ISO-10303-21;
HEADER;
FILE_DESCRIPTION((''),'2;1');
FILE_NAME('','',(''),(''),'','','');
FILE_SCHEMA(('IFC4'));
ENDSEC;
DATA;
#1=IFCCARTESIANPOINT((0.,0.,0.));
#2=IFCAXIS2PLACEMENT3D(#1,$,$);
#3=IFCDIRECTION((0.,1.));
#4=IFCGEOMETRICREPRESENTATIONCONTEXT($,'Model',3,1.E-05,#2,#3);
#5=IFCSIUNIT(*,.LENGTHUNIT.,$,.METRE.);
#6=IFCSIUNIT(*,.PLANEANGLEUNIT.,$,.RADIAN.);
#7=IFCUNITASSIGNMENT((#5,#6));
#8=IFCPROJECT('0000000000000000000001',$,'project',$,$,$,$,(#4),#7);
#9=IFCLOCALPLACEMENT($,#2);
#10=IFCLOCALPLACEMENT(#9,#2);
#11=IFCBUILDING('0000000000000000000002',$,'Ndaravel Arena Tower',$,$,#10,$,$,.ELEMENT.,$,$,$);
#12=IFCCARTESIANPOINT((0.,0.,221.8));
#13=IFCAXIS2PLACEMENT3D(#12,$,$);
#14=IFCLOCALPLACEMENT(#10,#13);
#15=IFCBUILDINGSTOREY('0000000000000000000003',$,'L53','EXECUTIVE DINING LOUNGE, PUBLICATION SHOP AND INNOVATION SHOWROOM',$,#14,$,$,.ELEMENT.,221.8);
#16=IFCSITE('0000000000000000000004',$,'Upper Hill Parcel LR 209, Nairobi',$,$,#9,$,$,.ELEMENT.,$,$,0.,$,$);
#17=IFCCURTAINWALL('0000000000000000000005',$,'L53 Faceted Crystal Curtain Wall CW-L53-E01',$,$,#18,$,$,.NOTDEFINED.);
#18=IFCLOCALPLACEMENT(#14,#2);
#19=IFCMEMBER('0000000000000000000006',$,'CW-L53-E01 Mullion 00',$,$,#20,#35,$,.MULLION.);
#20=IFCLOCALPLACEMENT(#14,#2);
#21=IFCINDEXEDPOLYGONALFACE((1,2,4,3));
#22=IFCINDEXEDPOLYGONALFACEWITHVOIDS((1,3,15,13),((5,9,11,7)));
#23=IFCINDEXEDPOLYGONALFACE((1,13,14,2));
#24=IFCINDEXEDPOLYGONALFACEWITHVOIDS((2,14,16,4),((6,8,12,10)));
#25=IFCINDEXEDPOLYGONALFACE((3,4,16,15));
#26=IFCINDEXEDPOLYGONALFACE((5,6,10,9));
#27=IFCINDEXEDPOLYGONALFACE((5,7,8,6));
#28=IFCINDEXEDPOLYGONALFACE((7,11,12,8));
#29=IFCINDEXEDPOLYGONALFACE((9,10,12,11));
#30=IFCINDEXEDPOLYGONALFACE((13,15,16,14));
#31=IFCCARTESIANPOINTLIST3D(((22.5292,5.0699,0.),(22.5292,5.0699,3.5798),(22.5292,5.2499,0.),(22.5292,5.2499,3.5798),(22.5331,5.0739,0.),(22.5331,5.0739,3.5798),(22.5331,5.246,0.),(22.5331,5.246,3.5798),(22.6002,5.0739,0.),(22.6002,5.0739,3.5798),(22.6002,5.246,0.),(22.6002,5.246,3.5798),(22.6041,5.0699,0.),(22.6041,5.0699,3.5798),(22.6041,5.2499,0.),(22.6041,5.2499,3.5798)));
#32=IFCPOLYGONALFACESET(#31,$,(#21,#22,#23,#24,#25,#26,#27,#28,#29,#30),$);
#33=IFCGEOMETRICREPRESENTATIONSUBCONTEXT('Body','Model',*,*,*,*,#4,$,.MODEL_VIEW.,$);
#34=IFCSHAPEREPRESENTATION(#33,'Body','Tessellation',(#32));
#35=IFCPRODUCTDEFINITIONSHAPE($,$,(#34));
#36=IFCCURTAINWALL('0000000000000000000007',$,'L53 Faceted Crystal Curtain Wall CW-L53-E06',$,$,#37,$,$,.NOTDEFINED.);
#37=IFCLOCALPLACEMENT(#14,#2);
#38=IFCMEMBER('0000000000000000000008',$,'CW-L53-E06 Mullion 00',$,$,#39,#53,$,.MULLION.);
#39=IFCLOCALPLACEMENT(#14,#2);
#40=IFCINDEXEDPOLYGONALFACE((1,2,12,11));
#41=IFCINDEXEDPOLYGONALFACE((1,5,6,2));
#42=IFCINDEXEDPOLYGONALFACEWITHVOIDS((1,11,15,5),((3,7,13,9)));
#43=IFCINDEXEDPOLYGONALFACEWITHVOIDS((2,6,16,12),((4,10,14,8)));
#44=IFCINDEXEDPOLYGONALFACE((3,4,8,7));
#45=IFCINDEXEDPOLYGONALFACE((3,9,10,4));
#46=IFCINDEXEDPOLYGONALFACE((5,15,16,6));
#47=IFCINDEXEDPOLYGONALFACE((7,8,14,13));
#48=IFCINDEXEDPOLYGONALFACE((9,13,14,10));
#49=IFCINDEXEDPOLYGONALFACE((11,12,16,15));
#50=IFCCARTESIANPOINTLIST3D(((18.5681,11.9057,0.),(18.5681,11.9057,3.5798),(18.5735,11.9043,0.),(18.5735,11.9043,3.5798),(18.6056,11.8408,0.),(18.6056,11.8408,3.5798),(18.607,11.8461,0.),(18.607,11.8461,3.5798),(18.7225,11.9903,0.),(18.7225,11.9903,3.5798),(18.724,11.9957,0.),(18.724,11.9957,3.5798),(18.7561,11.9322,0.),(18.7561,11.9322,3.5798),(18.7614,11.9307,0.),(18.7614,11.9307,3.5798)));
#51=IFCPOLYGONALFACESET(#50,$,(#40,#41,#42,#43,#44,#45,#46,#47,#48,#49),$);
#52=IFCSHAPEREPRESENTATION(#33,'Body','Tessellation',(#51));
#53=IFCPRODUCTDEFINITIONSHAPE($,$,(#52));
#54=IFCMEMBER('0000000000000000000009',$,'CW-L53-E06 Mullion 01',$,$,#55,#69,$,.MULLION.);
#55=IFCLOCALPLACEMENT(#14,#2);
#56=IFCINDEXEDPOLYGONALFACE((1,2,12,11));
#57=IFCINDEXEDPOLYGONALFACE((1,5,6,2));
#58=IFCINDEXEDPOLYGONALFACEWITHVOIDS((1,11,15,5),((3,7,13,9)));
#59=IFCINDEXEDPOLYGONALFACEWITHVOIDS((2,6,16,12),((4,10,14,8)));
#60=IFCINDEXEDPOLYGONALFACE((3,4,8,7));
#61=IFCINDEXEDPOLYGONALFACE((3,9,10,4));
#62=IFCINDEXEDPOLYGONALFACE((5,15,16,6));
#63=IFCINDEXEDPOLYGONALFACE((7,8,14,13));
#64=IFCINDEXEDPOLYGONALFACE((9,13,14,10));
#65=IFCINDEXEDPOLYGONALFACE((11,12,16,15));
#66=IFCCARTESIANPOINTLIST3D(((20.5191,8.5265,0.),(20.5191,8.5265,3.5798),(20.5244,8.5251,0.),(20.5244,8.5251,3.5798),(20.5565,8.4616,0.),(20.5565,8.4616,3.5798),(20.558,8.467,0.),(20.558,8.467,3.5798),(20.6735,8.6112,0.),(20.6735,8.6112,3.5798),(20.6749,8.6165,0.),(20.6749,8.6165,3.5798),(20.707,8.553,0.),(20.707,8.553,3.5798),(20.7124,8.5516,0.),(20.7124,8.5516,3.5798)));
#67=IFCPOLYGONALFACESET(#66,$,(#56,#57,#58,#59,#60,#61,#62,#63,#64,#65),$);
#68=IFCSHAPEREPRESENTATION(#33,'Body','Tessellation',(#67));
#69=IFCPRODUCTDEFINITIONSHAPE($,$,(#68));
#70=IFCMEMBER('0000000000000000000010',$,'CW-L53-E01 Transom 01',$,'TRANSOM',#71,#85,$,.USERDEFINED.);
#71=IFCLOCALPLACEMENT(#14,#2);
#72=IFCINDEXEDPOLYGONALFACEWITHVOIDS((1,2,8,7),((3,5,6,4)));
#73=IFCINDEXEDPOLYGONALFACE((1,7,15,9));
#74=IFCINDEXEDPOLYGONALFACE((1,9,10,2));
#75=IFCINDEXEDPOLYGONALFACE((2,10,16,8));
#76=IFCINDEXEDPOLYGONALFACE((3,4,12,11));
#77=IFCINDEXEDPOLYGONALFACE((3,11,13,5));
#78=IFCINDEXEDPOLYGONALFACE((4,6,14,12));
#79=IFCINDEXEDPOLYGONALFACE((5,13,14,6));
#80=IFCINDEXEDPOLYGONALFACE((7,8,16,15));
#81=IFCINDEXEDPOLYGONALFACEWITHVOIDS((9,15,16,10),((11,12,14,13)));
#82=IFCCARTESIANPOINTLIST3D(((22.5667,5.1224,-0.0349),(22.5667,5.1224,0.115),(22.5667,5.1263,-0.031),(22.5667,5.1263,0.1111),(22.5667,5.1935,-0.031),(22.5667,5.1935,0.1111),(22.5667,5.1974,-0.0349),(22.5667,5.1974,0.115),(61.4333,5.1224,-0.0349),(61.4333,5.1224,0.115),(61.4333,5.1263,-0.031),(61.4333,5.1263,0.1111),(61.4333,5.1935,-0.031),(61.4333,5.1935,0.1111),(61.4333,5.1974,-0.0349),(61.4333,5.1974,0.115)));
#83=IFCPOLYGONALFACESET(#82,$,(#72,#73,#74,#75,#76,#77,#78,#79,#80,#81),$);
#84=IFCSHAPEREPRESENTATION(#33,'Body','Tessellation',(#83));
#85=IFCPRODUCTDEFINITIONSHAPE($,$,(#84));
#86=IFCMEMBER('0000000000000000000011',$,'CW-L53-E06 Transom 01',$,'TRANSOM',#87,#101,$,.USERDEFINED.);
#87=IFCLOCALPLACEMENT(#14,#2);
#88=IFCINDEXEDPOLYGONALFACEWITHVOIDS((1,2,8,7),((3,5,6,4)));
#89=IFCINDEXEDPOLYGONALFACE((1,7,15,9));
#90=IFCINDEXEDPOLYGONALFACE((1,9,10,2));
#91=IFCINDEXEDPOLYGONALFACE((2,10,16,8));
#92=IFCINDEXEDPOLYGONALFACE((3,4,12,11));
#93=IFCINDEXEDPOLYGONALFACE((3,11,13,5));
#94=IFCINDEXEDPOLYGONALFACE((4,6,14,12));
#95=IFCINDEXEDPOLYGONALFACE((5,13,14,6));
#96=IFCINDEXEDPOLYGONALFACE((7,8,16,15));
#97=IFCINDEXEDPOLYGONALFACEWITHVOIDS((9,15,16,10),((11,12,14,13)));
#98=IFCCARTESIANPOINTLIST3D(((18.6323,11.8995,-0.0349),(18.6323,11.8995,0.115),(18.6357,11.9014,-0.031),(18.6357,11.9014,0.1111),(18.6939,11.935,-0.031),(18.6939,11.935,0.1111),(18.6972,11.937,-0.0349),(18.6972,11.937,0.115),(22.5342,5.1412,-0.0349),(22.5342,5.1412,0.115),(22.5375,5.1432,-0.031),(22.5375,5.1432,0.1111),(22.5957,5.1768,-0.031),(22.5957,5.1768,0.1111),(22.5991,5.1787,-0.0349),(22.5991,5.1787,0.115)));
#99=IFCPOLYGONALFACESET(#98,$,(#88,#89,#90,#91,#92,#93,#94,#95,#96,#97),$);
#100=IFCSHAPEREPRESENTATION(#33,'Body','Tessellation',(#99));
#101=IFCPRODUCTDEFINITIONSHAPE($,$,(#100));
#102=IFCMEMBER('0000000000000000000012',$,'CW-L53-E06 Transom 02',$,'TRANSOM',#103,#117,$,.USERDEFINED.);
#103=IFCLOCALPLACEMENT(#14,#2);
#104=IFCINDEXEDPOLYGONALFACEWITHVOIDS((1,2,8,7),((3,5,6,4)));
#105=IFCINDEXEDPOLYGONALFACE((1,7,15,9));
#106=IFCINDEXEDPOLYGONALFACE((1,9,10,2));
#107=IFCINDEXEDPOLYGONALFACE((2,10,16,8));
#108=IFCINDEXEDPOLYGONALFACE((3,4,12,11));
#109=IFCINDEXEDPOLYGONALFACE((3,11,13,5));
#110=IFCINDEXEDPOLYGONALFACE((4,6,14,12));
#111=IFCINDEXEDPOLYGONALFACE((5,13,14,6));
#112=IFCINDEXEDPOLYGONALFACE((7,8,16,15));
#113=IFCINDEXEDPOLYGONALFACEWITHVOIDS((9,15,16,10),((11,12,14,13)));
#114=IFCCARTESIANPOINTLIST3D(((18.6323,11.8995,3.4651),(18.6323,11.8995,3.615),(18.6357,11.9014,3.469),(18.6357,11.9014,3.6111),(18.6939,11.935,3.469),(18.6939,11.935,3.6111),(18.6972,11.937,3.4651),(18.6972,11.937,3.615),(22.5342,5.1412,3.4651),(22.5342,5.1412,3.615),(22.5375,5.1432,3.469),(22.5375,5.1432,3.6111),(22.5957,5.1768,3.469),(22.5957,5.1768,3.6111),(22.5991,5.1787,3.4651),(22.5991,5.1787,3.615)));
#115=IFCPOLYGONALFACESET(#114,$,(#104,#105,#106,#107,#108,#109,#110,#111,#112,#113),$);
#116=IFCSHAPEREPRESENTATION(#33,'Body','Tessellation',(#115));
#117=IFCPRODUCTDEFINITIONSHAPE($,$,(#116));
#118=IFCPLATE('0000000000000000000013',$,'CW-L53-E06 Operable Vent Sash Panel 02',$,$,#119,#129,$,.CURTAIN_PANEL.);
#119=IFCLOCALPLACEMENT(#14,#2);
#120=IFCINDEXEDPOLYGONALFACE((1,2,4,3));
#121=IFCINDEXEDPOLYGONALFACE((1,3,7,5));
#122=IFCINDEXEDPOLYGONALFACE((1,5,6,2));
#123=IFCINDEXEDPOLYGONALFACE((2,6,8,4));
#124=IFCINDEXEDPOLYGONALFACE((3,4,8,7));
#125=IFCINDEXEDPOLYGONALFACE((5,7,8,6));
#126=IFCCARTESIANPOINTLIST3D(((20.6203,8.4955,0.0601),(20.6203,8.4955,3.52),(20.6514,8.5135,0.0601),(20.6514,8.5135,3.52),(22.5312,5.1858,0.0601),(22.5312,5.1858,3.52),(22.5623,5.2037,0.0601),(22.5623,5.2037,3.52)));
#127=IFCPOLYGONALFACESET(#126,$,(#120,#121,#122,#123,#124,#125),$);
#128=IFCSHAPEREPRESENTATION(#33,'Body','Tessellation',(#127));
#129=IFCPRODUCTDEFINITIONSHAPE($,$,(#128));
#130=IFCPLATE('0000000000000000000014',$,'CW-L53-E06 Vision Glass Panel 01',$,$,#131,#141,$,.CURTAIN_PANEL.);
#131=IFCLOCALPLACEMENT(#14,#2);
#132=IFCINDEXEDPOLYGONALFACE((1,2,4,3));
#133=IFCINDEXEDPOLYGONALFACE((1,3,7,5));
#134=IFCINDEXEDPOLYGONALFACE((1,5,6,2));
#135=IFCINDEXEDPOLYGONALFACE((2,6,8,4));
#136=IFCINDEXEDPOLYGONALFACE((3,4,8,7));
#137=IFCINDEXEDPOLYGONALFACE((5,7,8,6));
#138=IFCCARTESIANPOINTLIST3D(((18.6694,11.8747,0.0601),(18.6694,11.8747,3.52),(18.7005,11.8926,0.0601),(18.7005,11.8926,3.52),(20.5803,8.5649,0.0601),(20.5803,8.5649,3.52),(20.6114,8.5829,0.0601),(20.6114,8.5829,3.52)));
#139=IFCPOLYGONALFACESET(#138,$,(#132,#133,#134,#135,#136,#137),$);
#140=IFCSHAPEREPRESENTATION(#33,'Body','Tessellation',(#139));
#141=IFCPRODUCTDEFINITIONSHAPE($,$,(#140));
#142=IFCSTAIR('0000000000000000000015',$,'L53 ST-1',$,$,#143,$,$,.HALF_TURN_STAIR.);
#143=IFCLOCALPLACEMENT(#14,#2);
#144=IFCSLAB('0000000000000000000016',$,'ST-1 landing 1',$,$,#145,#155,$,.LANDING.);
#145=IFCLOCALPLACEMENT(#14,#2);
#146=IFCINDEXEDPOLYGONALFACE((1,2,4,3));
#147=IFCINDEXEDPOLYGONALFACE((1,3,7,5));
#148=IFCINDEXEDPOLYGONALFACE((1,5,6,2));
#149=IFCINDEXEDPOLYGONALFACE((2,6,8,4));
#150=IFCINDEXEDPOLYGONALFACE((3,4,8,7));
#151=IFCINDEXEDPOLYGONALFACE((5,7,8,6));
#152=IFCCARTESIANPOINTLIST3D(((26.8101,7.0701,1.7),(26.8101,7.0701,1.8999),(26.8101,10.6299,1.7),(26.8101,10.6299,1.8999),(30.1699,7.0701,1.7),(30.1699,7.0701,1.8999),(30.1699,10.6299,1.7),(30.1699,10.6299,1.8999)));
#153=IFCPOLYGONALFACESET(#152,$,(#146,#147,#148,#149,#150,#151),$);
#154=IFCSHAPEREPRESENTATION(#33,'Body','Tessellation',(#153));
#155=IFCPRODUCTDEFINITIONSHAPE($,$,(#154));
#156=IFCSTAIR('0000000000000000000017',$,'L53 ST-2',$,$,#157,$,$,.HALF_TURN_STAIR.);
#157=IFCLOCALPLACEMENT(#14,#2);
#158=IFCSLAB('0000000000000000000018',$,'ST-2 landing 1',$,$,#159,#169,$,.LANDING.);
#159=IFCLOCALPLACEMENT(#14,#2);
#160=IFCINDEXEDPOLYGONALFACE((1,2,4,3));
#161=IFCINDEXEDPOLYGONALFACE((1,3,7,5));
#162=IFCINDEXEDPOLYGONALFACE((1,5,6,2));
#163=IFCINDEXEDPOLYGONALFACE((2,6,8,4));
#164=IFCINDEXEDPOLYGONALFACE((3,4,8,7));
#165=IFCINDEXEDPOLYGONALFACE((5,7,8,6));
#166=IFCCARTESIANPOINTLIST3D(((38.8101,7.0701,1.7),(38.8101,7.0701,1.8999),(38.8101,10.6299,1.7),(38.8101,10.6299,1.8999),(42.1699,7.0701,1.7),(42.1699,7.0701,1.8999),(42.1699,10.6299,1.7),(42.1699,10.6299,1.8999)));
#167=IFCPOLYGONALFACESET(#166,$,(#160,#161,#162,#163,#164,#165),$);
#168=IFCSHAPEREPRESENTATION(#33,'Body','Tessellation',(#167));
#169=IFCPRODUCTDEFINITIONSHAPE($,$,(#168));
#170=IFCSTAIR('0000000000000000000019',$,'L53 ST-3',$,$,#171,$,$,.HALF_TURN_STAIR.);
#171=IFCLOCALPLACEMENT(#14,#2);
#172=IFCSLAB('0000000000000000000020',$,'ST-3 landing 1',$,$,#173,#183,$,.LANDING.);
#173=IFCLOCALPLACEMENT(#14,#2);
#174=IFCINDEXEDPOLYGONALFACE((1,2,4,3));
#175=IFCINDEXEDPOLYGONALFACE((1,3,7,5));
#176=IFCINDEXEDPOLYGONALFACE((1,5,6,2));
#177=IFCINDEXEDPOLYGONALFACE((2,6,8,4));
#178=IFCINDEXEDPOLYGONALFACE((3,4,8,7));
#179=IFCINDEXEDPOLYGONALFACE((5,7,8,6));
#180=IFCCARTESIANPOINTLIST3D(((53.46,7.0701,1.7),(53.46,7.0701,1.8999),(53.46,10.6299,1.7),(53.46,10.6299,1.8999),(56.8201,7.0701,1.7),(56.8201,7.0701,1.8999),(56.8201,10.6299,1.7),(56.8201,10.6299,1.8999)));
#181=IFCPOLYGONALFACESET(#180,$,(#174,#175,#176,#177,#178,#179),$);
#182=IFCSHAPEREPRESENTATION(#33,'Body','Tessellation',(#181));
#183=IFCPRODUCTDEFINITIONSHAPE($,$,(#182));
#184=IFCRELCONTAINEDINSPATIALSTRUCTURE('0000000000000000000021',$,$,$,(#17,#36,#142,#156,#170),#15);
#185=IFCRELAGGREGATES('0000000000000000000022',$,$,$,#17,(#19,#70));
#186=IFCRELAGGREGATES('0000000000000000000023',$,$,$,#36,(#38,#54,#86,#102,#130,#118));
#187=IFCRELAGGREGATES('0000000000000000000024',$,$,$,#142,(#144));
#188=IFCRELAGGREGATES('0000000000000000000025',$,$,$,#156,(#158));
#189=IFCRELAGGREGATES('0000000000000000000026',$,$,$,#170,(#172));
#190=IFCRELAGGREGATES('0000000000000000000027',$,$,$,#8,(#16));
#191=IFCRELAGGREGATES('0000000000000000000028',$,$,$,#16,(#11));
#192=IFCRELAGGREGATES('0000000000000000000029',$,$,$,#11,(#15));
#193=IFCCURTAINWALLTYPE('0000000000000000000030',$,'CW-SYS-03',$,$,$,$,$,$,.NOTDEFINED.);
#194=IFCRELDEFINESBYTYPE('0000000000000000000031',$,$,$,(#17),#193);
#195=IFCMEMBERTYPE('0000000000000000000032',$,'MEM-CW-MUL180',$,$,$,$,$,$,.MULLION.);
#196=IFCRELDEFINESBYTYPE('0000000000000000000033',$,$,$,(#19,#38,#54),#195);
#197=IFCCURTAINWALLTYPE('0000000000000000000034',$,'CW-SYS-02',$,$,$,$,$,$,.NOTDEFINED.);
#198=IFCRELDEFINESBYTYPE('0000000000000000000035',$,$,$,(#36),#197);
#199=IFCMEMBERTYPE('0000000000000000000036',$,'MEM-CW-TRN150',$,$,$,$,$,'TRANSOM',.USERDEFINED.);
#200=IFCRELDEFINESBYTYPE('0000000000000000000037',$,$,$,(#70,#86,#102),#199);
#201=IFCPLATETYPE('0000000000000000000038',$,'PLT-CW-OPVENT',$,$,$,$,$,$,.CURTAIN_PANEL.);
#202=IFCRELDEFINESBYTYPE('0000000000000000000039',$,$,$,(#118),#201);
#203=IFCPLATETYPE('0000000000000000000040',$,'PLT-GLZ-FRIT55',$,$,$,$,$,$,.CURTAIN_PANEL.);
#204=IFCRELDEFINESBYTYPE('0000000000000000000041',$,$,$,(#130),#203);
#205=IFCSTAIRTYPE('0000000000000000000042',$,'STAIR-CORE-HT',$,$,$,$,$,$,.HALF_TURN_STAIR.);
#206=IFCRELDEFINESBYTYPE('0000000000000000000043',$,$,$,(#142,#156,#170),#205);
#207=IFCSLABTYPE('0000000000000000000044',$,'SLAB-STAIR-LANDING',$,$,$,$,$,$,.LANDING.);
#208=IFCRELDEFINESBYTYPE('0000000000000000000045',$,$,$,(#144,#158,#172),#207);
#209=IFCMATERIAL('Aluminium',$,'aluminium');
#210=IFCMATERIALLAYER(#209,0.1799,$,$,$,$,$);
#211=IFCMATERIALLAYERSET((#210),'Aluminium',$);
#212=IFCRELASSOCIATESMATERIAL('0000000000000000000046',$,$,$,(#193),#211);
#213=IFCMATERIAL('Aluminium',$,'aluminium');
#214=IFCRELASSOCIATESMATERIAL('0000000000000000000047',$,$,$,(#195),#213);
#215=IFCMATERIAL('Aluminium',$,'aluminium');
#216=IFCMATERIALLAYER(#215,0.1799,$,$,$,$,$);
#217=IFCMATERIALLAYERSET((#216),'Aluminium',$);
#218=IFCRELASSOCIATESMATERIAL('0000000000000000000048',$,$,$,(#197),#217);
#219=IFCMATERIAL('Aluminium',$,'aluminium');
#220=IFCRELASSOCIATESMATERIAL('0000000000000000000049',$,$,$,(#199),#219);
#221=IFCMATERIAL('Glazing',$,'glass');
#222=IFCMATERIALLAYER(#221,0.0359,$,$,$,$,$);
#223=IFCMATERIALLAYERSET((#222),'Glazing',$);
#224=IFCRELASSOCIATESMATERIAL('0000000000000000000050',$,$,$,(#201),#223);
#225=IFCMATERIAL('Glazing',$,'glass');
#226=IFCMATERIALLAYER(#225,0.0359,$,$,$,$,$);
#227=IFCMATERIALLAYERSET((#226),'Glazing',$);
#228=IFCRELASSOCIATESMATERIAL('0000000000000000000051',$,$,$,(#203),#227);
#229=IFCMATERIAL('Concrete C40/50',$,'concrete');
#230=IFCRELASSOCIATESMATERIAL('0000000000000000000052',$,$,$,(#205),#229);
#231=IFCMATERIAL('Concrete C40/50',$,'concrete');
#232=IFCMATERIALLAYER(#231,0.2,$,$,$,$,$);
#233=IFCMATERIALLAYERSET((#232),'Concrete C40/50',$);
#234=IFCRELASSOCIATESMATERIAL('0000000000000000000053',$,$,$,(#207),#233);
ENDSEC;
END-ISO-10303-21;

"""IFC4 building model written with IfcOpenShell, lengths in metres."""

from ifc_helpers import new_model, si_unit, direction, frame, origin, origin_2d, place, context, subcontext, project, spatial, polyline, rectangle, hollow_rectangle, outline, extrude, material, layer, layer_set, material_profile, profile_set, type_object, element, aggregate, save


model = new_model("IFC4")

# Units and contexts
model_context = context("Model", 3, precision=1e-05, world=origin(), true_north=direction((0.0, 1.0)))
body_context = subcontext(model_context, "Body", "Model", "MODEL_VIEW")
ifc_project = project(units=[si_unit("LENGTHUNIT", "METRE"), si_unit("PLANEANGLEUNIT", "RADIAN")], contexts=[model_context])

# Site, building, storey
site_placement = place(None, origin())
site = spatial("IfcSite", under=ifc_project, at=site_placement, Name="Upper Hill Parcel LR 209, Nairobi", CompositionType="ELEMENT", RefElevation=0.0)
building_placement = place(site_placement, origin())
building = spatial("IfcBuilding", under=site, at=building_placement, Name="Ndaravel Arena Tower", CompositionType="ELEMENT")
storey_placement = place(building_placement, frame((0.0, 0.0, 221.8)))
storey = spatial("IfcBuildingStorey", under=building, at=storey_placement, Name="L53", Description="EXECUTIVE DINING LOUNGE, PUBLICATION SHOP AND INNOVATION SHOWROOM", CompositionType="ELEMENT", Elevation=221.8)

# Curtain wall, member
ifc_material_1 = material(Name="Aluminium", Category="aluminium")
ifc_layer_1 = layer(ifc_material_1, 0.1799)
ifc_layer_set_1 = layer_set([ifc_layer_1], Name="Aluminium")
curtain_wall_type_1 = type_object("IfcCurtainWallType", Name="CW-SYS-03", PredefinedType="NOTDEFINED", material=ifc_layer_set_1)
curtain_wall_1_placement = place(storey_placement, origin())
curtain_wall_1 = element("IfcCurtainWall", 1, at=curtain_wall_1_placement, inside=storey, type_object=curtain_wall_type_1, Name="L53 Faceted Crystal Curtain Wall CW-L53-E01", PredefinedType="NOTDEFINED")
ifc_material_2 = material(Name="Aluminium", Category="aluminium")
ifc_material_profile_1 = material_profile(ifc_material_2, hollow_rectangle(XDim=0.075, YDim=0.1799, WallThickness=0.0039, at=origin_2d()), Name="CW MULLION 75x180x4")
ifc_profile_set_1 = profile_set([ifc_material_profile_1], Name="Aluminium")
member_type_1 = type_object("IfcMemberType", Name="MEM-CW-MUL180", PredefinedType="MULLION", material=ifc_profile_set_1)
member_1_placement = place(storey_placement, frame((22.5667, 5.1599, 0.0), z_axis=(0.0, 0.0, 1.0), x_axis=(1.0, 0.0, 0.0)))
member_1 = element("IfcMember", 2, at=member_1_placement, type_object=member_type_1, Name="CW-L53-E01 Mullion 00", PredefinedType="MULLION", context=body_context, shape_type="SweptSolid", body=[
    extrude(hollow_rectangle(XDim=0.075, YDim=0.1799, WallThickness=0.0039, at=origin_2d()), origin(), (0.0, 0.0, 1.0), 3.5798),
])

# Curtain wall, members
ifc_material_3 = material(Name="Aluminium", Category="aluminium")
ifc_layer_2 = layer(ifc_material_3, 0.1799)
ifc_layer_set_2 = layer_set([ifc_layer_2], Name="Aluminium")
curtain_wall_type_2 = type_object("IfcCurtainWallType", Name="CW-SYS-02", PredefinedType="NOTDEFINED", material=ifc_layer_set_2)
curtain_wall_2_placement = place(storey_placement, origin())
curtain_wall_2 = element("IfcCurtainWall", 3, at=curtain_wall_2_placement, inside=storey, type_object=curtain_wall_type_2, Name="L53 Faceted Crystal Curtain Wall CW-L53-E06", PredefinedType="NOTDEFINED")
member_2_placement = place(storey_placement, frame((18.6648, 11.9182, 0.0), z_axis=(0.0, 0.0, 1.0), x_axis=(0.5, -0.866025, 0.0)))
member_2 = element("IfcMember", 4, at=member_2_placement, type_object=member_type_1, Name="CW-L53-E06 Mullion 00", PredefinedType="MULLION", context=body_context, shape_type="SweptSolid", body=[
    extrude(hollow_rectangle(XDim=0.075, YDim=0.1799, WallThickness=0.0039, at=origin_2d()), origin(), (0.0, 0.0, 1.0), 3.5798),
])
member_3_placement = place(storey_placement, frame((20.6157, 8.5391, 0.0), z_axis=(0.0, 0.0, 1.0), x_axis=(0.5, -0.866025, 0.0)))
member_3 = element("IfcMember", 5, at=member_3_placement, type_object=member_type_1, Name="CW-L53-E06 Mullion 01", PredefinedType="MULLION", context=body_context, shape_type="SweptSolid", body=[
    extrude(hollow_rectangle(XDim=0.075, YDim=0.1799, WallThickness=0.0039, at=origin_2d()), origin(), (0.0, 0.0, 1.0), 3.5798),
])

# Members
ifc_material_4 = material(Name="Aluminium", Category="aluminium")
ifc_material_profile_2 = material_profile(ifc_material_4, hollow_rectangle(XDim=0.075, YDim=0.1499, WallThickness=0.0039, at=origin_2d()), Name="CW TRANSOM 75x150x4")
ifc_profile_set_2 = profile_set([ifc_material_profile_2], Name="Aluminium")
member_type_2 = type_object("IfcMemberType", Name="MEM-CW-TRN150", ElementType="TRANSOM", PredefinedType="USERDEFINED", material=ifc_profile_set_2)
member_4_placement = place(storey_placement, frame((22.5667, 5.1599, 0.04), z_axis=(1.0, 0.0, 0.0), x_axis=(0.0, 1.0, 0.0)))
member_4 = element("IfcMember", 6, at=member_4_placement, type_object=member_type_2, Name="CW-L53-E01 Transom 01", ObjectType="TRANSOM", PredefinedType="USERDEFINED", context=body_context, shape_type="SweptSolid", body=[
    extrude(hollow_rectangle(XDim=0.075, YDim=0.1499, WallThickness=0.0039, at=origin_2d()), origin(), (0.0, 0.0, 1.0), 38.8667),
])
aggregate(curtain_wall_1, [member_1, member_4])
member_5_placement = place(storey_placement, frame((18.6648, 11.9182, 0.04), z_axis=(0.499995, -0.866028, 0.0), x_axis=(0.866028, 0.499995, 0.0)))
member_5 = element("IfcMember", 7, at=member_5_placement, type_object=member_type_2, Name="CW-L53-E06 Transom 01", ObjectType="TRANSOM", PredefinedType="USERDEFINED", context=body_context, shape_type="SweptSolid", body=[
    extrude(hollow_rectangle(XDim=0.075, YDim=0.1499, WallThickness=0.0039, at=origin_2d()), origin(), (0.0, 0.0, 1.0), 7.8037),
])
member_6_placement = place(storey_placement, frame((18.6648, 11.9182, 3.54), z_axis=(0.499995, -0.866028, 0.0), x_axis=(0.866028, 0.499995, 0.0)))
member_6 = element("IfcMember", 8, at=member_6_placement, type_object=member_type_2, Name="CW-L53-E06 Transom 02", ObjectType="TRANSOM", PredefinedType="USERDEFINED", context=body_context, shape_type="SweptSolid", body=[
    extrude(hollow_rectangle(XDim=0.075, YDim=0.1499, WallThickness=0.0039, at=origin_2d()), origin(), (0.0, 0.0, 1.0), 7.8037),
])

# Plates
ifc_material_5 = material(Name="Glazing", Category="glass")
ifc_layer_3 = layer(ifc_material_5, 0.0359)
ifc_layer_set_3 = layer_set([ifc_layer_3], Name="Glazing")
plate_type_1 = type_object("IfcPlateType", Name="PLT-CW-OPVENT", PredefinedType="CURTAIN_PANEL", material=ifc_layer_set_3)
plate_1_placement = place(storey_placement, frame((21.5913, 6.8496, 0.0601), z_axis=(0.0, 0.0, 1.0), x_axis=(0.5, -0.866025, 0.0)))
plate_1 = element("IfcPlate", 9, at=plate_1_placement, type_object=plate_type_1, Name="CW-L53-E06 Operable Vent Sash Panel 02", PredefinedType="CURTAIN_PANEL", context=body_context, shape_type="SweptSolid", body=[
    extrude(rectangle(XDim=3.8218, YDim=0.0359, at=origin_2d()), origin(), (0.0, 0.0, 1.0), 3.46),
])
ifc_material_6 = material(Name="Glazing", Category="glass")
ifc_layer_4 = layer(ifc_material_6, 0.0359)
ifc_layer_set_4 = layer_set([ifc_layer_4], Name="Glazing")
plate_type_2 = type_object("IfcPlateType", Name="PLT-GLZ-FRIT55", PredefinedType="CURTAIN_PANEL", material=ifc_layer_set_4)
plate_2_placement = place(storey_placement, frame((19.6404, 10.2288, 0.0601), z_axis=(0.0, 0.0, 1.0), x_axis=(0.5, -0.866025, 0.0)))
plate_2 = element("IfcPlate", 10, at=plate_2_placement, type_object=plate_type_2, Name="CW-L53-E06 Vision Glass Panel 01", PredefinedType="CURTAIN_PANEL", context=body_context, shape_type="SweptSolid", body=[
    extrude(rectangle(XDim=3.8218, YDim=0.0359, at=origin_2d()), origin(), (0.0, 0.0, 1.0), 3.46),
])
aggregate(curtain_wall_2, [member_2, member_3, member_5, member_6, plate_2, plate_1])

# Stairs, slabs
ifc_material_7 = material(Name="Concrete C40/50", Category="concrete")
stair_type = type_object("IfcStairType", Name="STAIR-CORE-HT", PredefinedType="HALF_TURN_STAIR", material=ifc_material_7)
stair_1_placement = place(storey_placement, origin())
stair_1 = element("IfcStair", 11, at=stair_1_placement, inside=storey, type_object=stair_type, Name="L53 ST-1", PredefinedType="HALF_TURN_STAIR")
ifc_material_8 = material(Name="Concrete C40/50", Category="concrete")
ifc_layer_5 = layer(ifc_material_8, 0.2)
ifc_layer_set_5 = layer_set([ifc_layer_5], Name="Concrete C40/50")
slab_type_1 = type_object("IfcSlabType", Name="SLAB-STAIR-LANDING", PredefinedType="LANDING", material=ifc_layer_set_5)
slab_1_placement = place(storey_placement, frame((0.0, 0.0, 1.7)))
slab_1 = element("IfcSlab", 12, at=slab_1_placement, type_object=slab_type_1, Name="ST-1 landing 1", PredefinedType="LANDING", context=body_context, shape_type="SweptSolid", body=[
    extrude(outline(polyline([(26.8101, 10.6299), (26.8101, 7.0701), (30.1699, 7.0701), (30.1699, 10.6299), (26.8101, 10.6299)])), origin(), (0.0, 0.0, 1.0), 0.2),
])
aggregate(stair_1, [slab_1])
stair_2_placement = place(storey_placement, origin())
stair_2 = element("IfcStair", 13, at=stair_2_placement, inside=storey, type_object=stair_type, Name="L53 ST-2", PredefinedType="HALF_TURN_STAIR")
slab_2_placement = place(storey_placement, frame((0.0, 0.0, 1.7)))
slab_2 = element("IfcSlab", 14, at=slab_2_placement, type_object=slab_type_1, Name="ST-2 landing 1", PredefinedType="LANDING", context=body_context, shape_type="SweptSolid", body=[
    extrude(outline(polyline([(38.8101, 10.6299), (38.8101, 7.0701), (42.1699, 7.0701), (42.1699, 10.6299), (38.8101, 10.6299)])), origin(), (0.0, 0.0, 1.0), 0.2),
])
aggregate(stair_2, [slab_2])
stair_3_placement = place(storey_placement, origin())
stair_3 = element("IfcStair", 15, at=stair_3_placement, inside=storey, type_object=stair_type, Name="L53 ST-3", PredefinedType="HALF_TURN_STAIR")
slab_3_placement = place(storey_placement, frame((0.0, 0.0, 1.7)))
slab_3 = element("IfcSlab", 16, at=slab_3_placement, type_object=slab_type_1, Name="ST-3 landing 1", PredefinedType="LANDING", context=body_context, shape_type="SweptSolid", body=[
    extrude(outline(polyline([(53.46, 10.6299), (53.46, 7.0701), (56.8201, 7.0701), (56.8201, 10.6299), (53.46, 10.6299)])), origin(), (0.0, 0.0, 1.0), 0.2),
])
aggregate(stair_3, [slab_3])

save(model, "model.ifc")
